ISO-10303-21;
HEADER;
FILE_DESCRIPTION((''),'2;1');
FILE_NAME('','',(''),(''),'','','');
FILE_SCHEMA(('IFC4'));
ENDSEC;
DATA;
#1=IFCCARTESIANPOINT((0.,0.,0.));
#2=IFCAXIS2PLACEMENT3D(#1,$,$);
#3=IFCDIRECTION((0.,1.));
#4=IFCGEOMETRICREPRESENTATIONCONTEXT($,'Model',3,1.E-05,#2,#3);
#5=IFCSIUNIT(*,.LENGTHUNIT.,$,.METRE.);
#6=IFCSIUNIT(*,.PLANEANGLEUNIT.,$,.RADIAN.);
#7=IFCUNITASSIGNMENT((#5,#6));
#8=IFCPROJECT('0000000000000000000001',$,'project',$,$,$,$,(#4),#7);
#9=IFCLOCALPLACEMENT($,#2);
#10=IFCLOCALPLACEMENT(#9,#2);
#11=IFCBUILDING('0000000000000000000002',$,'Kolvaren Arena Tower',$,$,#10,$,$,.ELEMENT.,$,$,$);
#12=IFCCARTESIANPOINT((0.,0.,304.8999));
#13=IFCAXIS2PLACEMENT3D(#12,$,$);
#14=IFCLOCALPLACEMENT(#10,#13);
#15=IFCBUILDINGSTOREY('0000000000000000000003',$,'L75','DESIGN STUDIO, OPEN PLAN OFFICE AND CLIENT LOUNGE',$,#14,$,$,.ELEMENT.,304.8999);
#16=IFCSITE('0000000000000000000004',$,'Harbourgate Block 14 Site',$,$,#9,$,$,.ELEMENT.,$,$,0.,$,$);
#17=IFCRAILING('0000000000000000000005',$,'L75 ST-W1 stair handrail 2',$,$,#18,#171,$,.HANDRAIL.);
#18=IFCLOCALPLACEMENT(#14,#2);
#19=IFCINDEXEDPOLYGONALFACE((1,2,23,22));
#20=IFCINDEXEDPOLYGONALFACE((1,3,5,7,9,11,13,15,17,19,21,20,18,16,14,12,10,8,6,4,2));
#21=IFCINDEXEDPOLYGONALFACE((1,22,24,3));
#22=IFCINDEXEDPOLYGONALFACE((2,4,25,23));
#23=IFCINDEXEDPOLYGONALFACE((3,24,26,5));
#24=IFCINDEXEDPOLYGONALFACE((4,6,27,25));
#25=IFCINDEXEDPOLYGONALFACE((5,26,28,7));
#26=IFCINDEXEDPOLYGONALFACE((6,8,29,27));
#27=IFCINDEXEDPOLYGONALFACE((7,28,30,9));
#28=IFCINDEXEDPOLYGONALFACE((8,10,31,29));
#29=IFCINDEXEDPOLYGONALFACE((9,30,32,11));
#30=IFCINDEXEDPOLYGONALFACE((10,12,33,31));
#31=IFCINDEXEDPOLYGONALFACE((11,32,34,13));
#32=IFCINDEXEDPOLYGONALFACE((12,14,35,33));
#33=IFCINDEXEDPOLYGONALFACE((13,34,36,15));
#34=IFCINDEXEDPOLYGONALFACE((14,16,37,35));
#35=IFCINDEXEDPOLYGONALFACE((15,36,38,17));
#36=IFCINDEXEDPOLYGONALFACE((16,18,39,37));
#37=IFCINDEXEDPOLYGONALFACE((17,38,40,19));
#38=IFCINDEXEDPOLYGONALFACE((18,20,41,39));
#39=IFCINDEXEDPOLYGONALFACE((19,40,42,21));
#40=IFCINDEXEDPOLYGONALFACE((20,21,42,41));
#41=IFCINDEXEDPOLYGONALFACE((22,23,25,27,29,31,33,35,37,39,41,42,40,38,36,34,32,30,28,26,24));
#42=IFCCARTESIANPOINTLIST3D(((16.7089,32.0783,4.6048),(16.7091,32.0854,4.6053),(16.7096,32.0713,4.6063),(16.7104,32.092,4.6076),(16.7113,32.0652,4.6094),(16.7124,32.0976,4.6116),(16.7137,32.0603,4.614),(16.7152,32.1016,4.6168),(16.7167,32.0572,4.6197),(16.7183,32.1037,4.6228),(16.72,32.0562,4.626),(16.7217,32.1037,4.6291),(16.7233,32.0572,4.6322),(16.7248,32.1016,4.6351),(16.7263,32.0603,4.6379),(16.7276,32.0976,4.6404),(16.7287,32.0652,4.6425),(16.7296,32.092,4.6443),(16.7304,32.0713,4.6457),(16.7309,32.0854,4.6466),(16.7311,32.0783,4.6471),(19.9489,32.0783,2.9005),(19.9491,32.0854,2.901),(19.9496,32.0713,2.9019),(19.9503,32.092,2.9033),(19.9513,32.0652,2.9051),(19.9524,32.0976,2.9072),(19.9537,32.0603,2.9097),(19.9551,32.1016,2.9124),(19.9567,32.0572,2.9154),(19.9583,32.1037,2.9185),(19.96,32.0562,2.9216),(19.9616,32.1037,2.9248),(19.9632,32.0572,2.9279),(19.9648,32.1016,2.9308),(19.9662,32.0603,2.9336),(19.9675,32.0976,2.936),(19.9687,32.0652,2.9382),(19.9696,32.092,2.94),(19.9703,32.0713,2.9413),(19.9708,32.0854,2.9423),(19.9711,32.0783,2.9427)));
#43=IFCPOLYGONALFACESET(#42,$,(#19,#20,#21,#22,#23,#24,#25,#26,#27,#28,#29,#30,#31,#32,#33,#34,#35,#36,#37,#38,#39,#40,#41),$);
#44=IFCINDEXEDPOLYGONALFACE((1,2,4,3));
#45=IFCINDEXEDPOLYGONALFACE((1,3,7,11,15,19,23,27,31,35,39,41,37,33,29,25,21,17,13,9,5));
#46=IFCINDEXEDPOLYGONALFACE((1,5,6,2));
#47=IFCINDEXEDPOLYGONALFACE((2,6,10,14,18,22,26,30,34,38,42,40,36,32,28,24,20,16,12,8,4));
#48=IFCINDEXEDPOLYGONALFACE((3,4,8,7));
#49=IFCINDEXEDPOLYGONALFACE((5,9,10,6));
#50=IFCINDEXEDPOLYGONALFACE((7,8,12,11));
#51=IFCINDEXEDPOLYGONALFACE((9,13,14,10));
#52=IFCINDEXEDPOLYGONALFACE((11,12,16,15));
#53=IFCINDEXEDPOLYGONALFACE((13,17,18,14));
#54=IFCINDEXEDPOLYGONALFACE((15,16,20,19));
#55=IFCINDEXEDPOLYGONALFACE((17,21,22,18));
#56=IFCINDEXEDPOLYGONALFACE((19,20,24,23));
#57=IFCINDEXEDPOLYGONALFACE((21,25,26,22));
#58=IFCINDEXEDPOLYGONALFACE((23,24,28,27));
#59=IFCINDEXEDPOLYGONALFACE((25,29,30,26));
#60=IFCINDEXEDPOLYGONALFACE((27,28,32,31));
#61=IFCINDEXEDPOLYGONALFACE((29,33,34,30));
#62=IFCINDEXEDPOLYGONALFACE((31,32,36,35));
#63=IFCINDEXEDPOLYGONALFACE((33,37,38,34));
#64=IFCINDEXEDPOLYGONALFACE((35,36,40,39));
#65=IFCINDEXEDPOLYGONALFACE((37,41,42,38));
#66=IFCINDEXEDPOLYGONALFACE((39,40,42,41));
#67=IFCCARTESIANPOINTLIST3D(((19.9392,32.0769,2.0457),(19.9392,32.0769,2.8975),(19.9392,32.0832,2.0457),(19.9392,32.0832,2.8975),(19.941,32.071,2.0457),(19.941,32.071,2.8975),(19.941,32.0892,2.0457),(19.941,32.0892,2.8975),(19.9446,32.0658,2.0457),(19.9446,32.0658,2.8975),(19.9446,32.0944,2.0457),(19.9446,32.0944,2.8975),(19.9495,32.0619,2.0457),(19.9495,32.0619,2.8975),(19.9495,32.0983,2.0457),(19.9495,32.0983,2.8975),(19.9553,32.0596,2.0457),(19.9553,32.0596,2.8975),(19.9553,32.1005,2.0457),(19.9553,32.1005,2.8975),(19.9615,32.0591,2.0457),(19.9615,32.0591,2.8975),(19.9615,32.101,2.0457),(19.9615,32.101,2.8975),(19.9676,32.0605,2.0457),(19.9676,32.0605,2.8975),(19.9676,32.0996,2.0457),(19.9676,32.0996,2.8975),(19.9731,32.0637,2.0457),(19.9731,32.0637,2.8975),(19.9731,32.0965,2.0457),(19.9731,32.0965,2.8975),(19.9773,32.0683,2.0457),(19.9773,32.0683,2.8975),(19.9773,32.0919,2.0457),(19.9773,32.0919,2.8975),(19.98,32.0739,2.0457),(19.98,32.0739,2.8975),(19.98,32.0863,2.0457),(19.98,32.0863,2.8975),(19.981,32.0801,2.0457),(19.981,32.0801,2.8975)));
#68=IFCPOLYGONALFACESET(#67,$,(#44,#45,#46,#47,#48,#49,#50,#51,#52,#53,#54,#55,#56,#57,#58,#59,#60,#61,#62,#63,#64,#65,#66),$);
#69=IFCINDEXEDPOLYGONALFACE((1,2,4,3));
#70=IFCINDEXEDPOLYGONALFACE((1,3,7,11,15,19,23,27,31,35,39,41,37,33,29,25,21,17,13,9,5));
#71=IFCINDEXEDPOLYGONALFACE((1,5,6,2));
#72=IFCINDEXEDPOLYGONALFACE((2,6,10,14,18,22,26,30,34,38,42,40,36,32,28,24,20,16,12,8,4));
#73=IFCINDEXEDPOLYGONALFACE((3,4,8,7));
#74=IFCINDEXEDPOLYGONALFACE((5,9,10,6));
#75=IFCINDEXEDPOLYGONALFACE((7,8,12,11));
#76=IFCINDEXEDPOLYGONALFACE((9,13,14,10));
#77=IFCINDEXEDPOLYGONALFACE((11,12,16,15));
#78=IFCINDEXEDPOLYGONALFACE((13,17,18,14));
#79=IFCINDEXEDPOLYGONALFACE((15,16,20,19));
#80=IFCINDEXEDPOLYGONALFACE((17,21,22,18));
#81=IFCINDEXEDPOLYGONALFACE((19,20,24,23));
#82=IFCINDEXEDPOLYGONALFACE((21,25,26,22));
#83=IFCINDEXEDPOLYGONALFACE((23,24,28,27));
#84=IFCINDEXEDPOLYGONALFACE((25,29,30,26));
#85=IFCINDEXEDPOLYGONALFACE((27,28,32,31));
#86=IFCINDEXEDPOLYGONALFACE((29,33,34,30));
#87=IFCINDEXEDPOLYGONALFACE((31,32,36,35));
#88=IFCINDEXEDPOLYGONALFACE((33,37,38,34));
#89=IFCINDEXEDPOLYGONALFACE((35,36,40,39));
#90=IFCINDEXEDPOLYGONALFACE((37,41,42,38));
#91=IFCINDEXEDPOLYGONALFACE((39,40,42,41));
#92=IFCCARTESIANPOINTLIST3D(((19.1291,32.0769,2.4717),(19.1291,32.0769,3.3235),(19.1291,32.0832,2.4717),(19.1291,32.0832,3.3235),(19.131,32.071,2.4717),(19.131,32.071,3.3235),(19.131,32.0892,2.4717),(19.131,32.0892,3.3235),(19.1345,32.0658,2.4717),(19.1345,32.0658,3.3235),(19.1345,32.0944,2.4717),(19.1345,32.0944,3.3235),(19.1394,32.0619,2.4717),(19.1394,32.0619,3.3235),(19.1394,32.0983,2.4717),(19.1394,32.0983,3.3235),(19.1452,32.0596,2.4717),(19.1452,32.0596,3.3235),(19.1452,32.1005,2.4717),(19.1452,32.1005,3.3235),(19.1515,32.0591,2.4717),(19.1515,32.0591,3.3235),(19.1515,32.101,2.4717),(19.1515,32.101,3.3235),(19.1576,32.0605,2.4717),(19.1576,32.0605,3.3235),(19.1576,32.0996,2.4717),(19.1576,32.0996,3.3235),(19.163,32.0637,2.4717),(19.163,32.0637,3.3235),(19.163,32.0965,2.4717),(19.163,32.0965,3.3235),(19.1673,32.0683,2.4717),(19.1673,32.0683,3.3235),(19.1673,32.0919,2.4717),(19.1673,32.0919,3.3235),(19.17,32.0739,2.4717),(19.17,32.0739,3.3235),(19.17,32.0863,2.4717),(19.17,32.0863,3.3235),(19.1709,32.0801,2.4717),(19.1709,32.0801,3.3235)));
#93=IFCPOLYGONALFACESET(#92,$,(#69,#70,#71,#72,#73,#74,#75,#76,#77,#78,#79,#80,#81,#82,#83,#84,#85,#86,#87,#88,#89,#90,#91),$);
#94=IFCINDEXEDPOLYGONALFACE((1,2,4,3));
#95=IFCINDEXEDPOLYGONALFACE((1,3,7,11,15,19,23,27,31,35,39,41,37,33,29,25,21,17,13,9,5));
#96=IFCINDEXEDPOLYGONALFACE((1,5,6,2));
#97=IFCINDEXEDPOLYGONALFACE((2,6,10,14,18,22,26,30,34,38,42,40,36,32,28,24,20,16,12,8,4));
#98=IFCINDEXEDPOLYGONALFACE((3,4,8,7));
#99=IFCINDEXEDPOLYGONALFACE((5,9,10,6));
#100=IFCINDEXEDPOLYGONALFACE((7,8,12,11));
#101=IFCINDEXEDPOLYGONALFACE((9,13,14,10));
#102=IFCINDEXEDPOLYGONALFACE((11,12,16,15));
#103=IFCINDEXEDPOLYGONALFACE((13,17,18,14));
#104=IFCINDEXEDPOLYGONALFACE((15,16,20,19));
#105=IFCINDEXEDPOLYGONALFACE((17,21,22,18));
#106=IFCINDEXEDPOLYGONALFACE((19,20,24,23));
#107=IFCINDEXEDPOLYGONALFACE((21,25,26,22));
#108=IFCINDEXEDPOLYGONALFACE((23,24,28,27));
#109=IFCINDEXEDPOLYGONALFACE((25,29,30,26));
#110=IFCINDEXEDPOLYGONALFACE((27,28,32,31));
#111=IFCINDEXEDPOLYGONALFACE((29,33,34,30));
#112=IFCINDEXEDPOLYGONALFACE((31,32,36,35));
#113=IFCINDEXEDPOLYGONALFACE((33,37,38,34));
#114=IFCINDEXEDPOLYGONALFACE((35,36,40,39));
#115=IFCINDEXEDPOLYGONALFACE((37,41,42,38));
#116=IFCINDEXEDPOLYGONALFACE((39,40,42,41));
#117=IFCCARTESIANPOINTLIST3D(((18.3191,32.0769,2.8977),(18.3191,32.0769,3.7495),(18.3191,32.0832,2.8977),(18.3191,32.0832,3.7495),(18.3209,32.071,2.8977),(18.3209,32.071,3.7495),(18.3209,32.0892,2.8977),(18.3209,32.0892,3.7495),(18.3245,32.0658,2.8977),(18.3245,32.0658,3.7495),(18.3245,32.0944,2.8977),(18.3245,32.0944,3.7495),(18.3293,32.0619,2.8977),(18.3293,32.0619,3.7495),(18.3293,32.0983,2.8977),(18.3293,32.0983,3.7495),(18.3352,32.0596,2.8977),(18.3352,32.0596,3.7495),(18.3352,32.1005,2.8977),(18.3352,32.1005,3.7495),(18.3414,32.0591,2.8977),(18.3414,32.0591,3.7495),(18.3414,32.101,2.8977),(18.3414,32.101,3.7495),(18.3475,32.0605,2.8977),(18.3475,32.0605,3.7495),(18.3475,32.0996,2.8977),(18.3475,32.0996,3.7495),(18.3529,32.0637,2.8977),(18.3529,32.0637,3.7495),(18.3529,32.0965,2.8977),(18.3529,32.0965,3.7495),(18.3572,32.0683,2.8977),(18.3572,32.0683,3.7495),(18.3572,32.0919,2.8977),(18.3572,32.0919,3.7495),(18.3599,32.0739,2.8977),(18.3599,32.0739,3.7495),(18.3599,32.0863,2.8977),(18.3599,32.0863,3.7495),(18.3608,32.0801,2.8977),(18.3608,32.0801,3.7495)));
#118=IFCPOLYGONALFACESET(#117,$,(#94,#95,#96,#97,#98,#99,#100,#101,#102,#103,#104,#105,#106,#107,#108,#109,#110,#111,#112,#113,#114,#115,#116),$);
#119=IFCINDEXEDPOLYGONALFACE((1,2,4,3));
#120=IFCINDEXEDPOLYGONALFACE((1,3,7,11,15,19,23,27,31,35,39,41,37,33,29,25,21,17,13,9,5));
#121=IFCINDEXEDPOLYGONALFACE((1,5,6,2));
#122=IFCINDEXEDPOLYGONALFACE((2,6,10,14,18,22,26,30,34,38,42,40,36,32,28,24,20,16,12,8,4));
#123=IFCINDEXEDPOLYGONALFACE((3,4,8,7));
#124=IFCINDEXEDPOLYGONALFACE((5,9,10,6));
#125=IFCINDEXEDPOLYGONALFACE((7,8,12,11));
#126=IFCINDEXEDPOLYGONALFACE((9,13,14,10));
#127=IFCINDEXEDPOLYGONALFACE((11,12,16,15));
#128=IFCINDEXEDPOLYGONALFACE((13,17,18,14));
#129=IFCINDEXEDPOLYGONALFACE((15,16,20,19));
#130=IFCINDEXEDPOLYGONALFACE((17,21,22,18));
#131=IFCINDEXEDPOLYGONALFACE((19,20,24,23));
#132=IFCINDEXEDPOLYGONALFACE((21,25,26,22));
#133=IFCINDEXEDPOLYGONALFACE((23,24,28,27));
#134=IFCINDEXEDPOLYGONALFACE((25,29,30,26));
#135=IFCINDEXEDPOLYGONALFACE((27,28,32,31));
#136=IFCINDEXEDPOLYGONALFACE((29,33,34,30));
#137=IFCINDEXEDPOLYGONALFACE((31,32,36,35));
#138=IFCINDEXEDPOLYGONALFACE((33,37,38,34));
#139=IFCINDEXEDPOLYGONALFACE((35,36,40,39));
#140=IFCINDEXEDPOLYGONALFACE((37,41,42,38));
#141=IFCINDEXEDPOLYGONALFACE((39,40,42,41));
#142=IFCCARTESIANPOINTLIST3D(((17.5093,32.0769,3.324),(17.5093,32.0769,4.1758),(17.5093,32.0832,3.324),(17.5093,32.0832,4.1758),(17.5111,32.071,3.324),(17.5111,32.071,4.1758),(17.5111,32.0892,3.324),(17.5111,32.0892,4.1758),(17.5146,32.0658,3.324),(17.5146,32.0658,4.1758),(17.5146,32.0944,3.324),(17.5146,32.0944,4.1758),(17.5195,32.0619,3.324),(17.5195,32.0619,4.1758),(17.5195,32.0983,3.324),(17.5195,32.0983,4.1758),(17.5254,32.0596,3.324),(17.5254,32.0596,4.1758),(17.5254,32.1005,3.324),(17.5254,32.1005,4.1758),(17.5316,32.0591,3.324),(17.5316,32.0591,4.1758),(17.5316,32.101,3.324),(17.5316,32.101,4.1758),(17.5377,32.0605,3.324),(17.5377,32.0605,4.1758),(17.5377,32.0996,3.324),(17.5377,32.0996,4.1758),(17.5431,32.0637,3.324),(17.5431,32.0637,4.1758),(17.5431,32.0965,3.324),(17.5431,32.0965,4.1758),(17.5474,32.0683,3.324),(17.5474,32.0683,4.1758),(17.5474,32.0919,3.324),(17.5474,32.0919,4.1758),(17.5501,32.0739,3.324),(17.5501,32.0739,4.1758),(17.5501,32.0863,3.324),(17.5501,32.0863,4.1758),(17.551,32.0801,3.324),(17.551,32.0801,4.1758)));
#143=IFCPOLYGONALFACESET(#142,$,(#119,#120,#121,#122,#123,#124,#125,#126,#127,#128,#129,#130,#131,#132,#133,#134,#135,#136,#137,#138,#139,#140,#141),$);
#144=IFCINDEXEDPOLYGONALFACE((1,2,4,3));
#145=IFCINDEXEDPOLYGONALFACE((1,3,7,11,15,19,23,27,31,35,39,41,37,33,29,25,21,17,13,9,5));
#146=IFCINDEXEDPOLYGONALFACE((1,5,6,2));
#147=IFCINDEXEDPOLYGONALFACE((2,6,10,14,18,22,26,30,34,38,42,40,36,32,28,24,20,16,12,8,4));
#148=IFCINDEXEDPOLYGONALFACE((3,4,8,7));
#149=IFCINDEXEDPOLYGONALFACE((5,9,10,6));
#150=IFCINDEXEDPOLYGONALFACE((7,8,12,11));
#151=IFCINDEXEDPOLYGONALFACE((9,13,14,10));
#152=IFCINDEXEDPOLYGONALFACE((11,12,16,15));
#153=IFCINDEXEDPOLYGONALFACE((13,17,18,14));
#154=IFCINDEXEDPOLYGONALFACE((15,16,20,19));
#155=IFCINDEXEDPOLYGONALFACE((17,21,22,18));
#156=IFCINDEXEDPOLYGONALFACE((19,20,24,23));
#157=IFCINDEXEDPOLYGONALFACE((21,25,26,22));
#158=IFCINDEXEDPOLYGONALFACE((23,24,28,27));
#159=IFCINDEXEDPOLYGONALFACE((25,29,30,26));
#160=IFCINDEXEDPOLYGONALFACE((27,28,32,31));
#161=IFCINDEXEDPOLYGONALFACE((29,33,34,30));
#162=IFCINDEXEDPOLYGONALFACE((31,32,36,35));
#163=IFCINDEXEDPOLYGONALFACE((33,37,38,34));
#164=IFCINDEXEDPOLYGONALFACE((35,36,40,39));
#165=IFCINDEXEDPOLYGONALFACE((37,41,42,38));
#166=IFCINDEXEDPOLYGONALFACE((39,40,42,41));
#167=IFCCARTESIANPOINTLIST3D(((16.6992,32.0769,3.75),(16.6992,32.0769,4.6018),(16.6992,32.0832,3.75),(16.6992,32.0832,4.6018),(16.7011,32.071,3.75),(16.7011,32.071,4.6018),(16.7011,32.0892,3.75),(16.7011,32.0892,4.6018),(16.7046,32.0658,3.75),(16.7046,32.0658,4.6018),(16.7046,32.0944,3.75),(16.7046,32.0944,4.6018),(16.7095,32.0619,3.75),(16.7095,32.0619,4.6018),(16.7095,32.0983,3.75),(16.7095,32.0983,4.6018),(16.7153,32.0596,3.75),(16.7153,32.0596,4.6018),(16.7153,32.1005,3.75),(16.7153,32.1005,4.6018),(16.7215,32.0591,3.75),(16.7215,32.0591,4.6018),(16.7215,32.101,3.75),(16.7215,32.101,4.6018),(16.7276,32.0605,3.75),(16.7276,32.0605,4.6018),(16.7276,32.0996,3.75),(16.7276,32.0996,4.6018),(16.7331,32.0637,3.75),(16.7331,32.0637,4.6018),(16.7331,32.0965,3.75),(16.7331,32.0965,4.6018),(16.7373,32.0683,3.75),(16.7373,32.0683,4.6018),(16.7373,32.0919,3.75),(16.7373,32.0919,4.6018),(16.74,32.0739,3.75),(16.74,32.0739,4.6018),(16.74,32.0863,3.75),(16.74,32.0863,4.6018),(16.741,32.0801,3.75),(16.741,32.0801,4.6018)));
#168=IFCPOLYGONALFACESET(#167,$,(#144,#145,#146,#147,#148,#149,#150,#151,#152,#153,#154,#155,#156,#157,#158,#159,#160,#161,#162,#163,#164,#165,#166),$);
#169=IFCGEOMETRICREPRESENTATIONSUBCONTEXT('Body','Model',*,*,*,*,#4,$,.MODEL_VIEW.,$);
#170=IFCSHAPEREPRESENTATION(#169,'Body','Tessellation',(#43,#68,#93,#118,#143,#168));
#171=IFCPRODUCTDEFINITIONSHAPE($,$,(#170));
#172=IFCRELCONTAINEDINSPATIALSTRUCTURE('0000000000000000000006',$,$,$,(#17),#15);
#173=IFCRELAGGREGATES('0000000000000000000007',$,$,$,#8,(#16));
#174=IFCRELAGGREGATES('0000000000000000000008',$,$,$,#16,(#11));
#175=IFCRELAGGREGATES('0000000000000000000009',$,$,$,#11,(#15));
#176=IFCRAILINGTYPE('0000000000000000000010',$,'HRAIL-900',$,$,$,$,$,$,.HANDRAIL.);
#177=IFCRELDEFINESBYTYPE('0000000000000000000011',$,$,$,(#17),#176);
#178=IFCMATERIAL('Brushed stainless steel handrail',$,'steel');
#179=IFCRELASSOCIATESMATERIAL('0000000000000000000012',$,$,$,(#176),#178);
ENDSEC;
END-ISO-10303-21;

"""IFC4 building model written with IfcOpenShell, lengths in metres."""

from ifc_helpers import new_model, si_unit, direction, frame, origin, origin_2d, place, context, subcontext, project, spatial, circle, extrude, material, type_object, element, save


model = new_model("IFC4")

# Units and contexts
model_context = context("Model", 3, precision=1e-05, world=origin(), true_north=direction((0.0, 1.0)))
body_context = subcontext(model_context, "Body", "Model", "MODEL_VIEW")
ifc_project = project(units=[si_unit("LENGTHUNIT", "METRE"), si_unit("PLANEANGLEUNIT", "RADIAN")], contexts=[model_context])

# Site, building, storey
site_placement = place(None, origin())
site = spatial("IfcSite", under=ifc_project, at=site_placement, Name="Harbourgate Block 14 Site", CompositionType="ELEMENT", RefElevation=0.0)
building_placement = place(site_placement, origin())
building = spatial("IfcBuilding", under=site, at=building_placement, Name="Kolvaren Arena Tower", CompositionType="ELEMENT")
storey_placement = place(building_placement, frame((0.0, 0.0, 304.8999)))
storey = spatial("IfcBuildingStorey", under=building, at=storey_placement, Name="L75", Description="DESIGN STUDIO, OPEN PLAN OFFICE AND CLIENT LOUNGE", CompositionType="ELEMENT", Elevation=304.8999)

# Railing
ifc_material_1 = material(Name="Brushed stainless steel handrail", Category="steel")
railing_type_1 = type_object("IfcRailingType", Name="HRAIL-900", PredefinedType="HANDRAIL", material=ifc_material_1)
railing_1_placement = place(storey_placement, frame((19.96, 32.0801, 2.0457)))
element("IfcRailing", 1, at=railing_1_placement, inside=storey, type_object=railing_type_1, Name="L75 ST-W1 stair handrail 2", PredefinedType="HANDRAIL", context=body_context, shape_type="SweptSolid", body=[
    extrude(circle(Radius=0.0239, at=origin_2d()), frame((0.0, 0.0, 0.876), z_axis=(-0.885021, 0.0, 0.465551), x_axis=(0.0, -1.0, 0.0)), (0.0, 0.0, 1.0), 3.6609),
    extrude(circle(Radius=0.021, at=origin_2d()), origin(), (0.0, 0.0, 1.0), 0.8518),
    extrude(circle(Radius=0.021, at=origin_2d()), frame((-0.8101, 0.0, 0.426)), (0.0, 0.0, 1.0), 0.8518),
    extrude(circle(Radius=0.021, at=origin_2d()), frame((-1.6201, 0.0, 0.8521)), (0.0, 0.0, 1.0), 0.8518),
    extrude(circle(Radius=0.021, at=origin_2d()), frame((-2.4299, 0.0, 1.2783)), (0.0, 0.0, 1.0), 0.8518),
    extrude(circle(Radius=0.021, at=origin_2d()), frame((-3.24, 0.0, 1.7043)), (0.0, 0.0, 1.0), 0.8518),
])

save(model, "model.ifc")
